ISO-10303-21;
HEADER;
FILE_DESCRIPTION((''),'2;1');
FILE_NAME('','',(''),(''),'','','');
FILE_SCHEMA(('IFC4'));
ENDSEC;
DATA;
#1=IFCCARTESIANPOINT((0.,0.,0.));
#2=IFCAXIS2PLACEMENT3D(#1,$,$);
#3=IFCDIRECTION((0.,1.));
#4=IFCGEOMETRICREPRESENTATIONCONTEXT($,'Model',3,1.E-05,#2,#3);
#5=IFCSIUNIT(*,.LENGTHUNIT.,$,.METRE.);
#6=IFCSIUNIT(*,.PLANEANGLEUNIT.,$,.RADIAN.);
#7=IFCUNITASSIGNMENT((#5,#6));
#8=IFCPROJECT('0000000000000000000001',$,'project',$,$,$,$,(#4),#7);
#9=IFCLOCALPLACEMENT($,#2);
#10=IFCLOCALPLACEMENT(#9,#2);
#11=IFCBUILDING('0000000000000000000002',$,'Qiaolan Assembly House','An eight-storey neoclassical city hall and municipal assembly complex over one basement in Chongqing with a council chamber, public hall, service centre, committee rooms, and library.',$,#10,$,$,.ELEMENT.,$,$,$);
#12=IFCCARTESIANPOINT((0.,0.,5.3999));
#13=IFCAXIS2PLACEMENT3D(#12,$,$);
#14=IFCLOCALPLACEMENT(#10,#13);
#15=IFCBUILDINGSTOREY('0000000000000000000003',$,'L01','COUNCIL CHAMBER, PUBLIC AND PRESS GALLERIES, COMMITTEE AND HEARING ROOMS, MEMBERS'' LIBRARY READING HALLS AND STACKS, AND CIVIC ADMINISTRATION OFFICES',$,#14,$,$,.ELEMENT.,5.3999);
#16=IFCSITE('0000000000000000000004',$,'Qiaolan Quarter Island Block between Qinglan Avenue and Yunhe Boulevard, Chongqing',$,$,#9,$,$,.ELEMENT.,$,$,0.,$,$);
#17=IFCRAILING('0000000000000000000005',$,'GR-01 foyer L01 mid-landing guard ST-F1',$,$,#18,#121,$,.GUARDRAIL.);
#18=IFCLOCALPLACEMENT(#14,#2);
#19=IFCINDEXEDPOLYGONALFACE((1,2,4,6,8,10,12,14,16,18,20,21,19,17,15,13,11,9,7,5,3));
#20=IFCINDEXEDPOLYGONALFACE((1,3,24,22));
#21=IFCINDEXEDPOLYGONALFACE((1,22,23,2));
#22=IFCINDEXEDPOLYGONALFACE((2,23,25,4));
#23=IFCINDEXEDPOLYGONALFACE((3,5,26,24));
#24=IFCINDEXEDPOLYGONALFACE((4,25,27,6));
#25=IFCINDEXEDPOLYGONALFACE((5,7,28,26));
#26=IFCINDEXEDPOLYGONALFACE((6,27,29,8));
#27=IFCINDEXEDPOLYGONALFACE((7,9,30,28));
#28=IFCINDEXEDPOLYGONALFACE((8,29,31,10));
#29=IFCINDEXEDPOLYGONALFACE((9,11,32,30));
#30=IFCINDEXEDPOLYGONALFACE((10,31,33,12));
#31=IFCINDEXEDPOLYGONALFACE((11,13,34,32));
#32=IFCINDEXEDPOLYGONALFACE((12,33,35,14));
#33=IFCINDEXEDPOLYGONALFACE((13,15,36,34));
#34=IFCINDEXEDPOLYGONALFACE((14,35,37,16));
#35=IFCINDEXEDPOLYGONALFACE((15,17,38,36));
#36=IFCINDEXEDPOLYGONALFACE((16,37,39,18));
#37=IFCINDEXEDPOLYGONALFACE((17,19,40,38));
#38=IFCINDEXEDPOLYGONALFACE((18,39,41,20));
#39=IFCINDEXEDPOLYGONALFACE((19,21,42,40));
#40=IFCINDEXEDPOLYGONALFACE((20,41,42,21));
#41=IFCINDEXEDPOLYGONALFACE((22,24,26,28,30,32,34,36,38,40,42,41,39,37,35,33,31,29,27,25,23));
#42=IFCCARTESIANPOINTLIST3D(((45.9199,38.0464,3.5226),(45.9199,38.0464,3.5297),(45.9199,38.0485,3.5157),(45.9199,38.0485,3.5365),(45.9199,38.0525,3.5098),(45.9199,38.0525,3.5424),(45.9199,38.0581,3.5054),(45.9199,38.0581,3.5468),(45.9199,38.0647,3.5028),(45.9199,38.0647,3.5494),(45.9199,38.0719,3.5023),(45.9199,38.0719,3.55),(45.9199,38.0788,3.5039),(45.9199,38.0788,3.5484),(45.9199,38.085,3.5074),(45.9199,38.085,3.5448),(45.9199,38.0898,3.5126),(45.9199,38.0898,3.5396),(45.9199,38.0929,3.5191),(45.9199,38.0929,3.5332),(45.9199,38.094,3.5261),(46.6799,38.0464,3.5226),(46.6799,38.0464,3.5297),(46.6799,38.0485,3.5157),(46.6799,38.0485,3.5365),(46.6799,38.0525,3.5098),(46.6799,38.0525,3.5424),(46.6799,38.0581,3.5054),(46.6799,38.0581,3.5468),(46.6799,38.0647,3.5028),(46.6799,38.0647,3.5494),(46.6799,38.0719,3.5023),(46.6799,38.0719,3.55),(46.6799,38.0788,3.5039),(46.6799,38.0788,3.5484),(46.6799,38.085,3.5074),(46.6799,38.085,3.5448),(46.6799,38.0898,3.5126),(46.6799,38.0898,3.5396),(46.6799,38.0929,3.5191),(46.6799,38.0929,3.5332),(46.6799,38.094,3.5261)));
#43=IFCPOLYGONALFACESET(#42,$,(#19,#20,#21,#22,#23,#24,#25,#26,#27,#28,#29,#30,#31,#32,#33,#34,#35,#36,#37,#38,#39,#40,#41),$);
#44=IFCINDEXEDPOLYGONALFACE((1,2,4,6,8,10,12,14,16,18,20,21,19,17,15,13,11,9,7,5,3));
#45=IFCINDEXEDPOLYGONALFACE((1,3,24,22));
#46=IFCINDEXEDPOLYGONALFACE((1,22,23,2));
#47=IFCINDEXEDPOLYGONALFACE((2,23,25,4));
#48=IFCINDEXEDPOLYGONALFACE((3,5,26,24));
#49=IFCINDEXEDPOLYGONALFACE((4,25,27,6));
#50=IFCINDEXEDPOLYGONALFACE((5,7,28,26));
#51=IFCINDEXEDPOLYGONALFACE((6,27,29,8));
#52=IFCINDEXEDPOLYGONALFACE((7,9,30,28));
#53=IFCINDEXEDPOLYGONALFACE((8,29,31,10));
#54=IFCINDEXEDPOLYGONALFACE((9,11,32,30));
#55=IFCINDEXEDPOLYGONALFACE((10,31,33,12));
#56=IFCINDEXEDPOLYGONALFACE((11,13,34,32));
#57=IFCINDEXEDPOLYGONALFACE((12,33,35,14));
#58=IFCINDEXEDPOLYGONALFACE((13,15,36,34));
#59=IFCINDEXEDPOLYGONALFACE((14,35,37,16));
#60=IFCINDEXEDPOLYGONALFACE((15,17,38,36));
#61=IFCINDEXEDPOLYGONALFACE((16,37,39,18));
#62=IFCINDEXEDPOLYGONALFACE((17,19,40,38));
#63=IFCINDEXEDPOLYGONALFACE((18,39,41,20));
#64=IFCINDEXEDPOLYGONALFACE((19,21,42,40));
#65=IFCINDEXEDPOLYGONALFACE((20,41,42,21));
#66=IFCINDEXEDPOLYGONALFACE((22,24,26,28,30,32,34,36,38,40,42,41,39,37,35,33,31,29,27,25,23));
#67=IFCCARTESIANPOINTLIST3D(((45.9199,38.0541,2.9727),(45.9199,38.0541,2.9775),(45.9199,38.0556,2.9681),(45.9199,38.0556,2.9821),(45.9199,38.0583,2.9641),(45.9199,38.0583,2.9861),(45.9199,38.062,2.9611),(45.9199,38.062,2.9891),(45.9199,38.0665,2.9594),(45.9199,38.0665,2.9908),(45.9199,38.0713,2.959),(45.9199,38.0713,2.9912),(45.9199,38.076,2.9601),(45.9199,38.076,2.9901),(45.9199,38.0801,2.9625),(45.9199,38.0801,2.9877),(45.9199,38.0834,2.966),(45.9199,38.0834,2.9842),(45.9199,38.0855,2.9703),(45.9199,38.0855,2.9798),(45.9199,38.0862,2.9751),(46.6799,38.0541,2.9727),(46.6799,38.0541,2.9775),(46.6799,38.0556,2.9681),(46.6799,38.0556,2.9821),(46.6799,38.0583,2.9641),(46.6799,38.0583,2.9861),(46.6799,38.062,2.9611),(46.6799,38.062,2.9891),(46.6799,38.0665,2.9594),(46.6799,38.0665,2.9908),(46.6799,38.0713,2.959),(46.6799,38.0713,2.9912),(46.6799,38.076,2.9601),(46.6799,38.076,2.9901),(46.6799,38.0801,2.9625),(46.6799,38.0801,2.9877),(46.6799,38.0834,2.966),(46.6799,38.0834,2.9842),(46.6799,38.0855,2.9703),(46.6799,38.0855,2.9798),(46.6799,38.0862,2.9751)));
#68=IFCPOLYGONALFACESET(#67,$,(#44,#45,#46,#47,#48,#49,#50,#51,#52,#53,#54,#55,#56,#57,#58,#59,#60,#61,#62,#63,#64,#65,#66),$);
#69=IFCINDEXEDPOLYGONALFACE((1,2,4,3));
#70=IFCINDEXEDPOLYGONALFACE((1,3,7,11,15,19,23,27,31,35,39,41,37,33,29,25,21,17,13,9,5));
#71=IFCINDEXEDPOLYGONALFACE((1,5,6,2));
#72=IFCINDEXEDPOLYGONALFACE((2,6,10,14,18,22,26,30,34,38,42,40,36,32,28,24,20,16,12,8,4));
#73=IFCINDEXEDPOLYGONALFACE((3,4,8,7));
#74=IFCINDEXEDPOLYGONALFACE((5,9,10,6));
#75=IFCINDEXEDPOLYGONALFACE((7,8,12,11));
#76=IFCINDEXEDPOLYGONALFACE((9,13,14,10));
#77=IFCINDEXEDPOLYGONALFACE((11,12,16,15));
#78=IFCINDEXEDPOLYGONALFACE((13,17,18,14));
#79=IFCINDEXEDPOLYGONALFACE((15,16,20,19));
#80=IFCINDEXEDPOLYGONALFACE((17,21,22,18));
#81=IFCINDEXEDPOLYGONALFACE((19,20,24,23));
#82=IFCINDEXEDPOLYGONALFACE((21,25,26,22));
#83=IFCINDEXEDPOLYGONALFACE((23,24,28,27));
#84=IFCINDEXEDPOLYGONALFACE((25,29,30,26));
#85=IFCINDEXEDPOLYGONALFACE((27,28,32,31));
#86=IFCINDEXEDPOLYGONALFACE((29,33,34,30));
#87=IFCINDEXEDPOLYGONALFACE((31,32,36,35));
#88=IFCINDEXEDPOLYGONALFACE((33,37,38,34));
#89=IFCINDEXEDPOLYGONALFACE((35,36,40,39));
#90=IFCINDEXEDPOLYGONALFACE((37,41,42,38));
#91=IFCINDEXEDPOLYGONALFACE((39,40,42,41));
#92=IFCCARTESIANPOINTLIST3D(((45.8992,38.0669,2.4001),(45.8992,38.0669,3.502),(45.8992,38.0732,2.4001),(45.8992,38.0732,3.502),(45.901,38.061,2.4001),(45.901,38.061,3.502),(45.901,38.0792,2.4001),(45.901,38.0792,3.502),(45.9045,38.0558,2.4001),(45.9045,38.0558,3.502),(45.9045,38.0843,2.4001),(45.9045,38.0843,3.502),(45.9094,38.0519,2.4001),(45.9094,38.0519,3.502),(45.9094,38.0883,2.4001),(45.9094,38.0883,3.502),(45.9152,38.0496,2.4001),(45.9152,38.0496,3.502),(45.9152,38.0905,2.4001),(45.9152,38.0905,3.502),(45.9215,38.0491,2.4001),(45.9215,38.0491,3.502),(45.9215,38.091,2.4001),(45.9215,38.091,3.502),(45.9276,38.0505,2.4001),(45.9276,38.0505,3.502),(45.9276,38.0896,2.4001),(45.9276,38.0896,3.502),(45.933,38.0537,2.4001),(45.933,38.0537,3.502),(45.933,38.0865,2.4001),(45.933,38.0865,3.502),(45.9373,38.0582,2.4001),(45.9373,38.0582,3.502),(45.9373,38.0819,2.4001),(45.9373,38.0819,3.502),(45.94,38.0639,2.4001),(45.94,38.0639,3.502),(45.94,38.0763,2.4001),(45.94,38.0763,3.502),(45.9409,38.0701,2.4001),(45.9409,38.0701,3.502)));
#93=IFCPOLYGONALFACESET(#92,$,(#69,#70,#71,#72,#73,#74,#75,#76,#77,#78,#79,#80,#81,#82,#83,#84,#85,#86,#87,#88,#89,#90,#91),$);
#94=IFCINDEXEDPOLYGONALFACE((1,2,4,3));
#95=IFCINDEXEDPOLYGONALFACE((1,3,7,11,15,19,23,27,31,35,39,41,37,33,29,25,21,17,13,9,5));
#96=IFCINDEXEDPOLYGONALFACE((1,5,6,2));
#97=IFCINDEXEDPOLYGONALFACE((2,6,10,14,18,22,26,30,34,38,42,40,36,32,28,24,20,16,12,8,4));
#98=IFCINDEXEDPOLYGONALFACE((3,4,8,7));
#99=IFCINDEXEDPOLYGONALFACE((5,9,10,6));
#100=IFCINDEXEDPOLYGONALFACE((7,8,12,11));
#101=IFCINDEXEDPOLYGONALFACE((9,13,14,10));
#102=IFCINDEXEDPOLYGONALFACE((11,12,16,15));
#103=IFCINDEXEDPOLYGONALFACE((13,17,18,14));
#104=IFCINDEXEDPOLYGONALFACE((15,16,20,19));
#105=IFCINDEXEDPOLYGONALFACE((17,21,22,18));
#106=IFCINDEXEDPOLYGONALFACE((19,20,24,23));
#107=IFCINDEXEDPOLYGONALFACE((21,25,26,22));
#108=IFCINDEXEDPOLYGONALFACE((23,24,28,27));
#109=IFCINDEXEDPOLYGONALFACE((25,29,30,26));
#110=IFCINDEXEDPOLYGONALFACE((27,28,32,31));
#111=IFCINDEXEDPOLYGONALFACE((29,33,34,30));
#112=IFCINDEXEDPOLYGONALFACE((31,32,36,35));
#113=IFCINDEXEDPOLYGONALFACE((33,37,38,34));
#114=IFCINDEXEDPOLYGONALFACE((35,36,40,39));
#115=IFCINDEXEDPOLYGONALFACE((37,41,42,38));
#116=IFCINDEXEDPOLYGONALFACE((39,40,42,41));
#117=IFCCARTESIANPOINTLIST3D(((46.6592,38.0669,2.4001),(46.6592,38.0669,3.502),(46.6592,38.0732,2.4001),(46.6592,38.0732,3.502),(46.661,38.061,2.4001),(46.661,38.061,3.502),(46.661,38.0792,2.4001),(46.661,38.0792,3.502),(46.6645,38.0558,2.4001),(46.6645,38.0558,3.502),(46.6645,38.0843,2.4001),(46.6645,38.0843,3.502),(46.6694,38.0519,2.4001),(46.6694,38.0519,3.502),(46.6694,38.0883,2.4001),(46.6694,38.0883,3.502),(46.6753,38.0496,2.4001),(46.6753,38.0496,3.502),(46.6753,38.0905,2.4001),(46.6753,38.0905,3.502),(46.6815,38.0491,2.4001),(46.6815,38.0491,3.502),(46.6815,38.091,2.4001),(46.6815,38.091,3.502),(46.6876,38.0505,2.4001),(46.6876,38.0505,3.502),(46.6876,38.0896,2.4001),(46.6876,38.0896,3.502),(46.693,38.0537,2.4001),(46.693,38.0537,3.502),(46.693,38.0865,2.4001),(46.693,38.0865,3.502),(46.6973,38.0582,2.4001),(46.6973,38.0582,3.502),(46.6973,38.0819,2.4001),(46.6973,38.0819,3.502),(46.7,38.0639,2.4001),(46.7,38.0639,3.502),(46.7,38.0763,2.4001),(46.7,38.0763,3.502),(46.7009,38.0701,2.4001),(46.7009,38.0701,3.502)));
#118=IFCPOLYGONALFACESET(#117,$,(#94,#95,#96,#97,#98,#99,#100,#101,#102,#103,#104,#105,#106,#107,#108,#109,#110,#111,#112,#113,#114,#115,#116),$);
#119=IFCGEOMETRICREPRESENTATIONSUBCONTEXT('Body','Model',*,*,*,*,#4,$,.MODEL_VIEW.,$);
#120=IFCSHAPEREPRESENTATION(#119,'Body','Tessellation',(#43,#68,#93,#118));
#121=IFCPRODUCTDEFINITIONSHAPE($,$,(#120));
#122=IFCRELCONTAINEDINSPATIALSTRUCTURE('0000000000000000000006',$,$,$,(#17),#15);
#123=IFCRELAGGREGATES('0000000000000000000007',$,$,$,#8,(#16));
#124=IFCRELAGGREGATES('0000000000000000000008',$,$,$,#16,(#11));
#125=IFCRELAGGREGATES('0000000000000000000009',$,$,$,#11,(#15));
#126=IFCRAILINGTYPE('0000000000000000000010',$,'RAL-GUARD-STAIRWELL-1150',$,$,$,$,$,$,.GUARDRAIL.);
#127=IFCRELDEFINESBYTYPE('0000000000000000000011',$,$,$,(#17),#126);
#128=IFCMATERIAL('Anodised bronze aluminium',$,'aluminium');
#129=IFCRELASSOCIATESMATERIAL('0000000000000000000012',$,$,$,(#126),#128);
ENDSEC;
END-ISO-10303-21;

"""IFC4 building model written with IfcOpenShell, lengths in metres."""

from ifc_helpers import new_model, si_unit, direction, frame, origin, origin_2d, place, context, subcontext, project, spatial, circle, extrude, material, type_object, element, save


model = new_model("IFC4")

# Units and contexts
model_context = context("Model", 3, precision=1e-05, world=origin(), true_north=direction((0.0, 1.0)))
body_context = subcontext(model_context, "Body", "Model", "MODEL_VIEW")
ifc_project = project(units=[si_unit("LENGTHUNIT", "METRE"), si_unit("PLANEANGLEUNIT", "RADIAN")], contexts=[model_context])

# Site, building, storey
site_placement = place(None, origin())
site = spatial("IfcSite", under=ifc_project, at=site_placement, Name="Qiaolan Quarter Island Block between Qinglan Avenue and Yunhe Boulevard, Chongqing", CompositionType="ELEMENT", RefElevation=0.0)
building_placement = place(site_placement, origin())
building = spatial("IfcBuilding", under=site, at=building_placement, Name="Qiaolan Assembly House", Description="An eight-storey neoclassical city hall and municipal assembly complex over one basement in Chongqing with a council chamber, public hall, service centre, committee rooms, and library.", CompositionType="ELEMENT")
storey_placement = place(building_placement, frame((0.0, 0.0, 5.3999)))
storey = spatial("IfcBuildingStorey", under=building, at=storey_placement, Name="L01", Description="COUNCIL CHAMBER, PUBLIC AND PRESS GALLERIES, COMMITTEE AND HEARING ROOMS, MEMBERS' LIBRARY READING HALLS AND STACKS, AND CIVIC ADMINISTRATION OFFICES", CompositionType="ELEMENT", Elevation=5.3999)

# Railing
ifc_material_1 = material(Name="Anodised bronze aluminium", Category="aluminium")
railing_type_1 = type_object("IfcRailingType", Name="RAL-GUARD-STAIRWELL-1150", PredefinedType="GUARDRAIL", material=ifc_material_1)
railing_1_placement = place(storey_placement, frame((45.9199, 38.0701, 2.4001)))
element("IfcRailing", 1, at=railing_1_placement, inside=storey, type_object=railing_type_1, Name="GR-01 foyer L01 mid-landing guard ST-F1", PredefinedType="GUARDRAIL", context=body_context, shape_type="SweptSolid", body=[
    extrude(circle(Radius=0.0239, at=origin_2d()), frame((0.0, 0.0, 1.126), z_axis=(1.0, 0.0, 0.0), x_axis=(0.0, 1.0, 0.0)), (0.0, 0.0, 1.0), 0.76),
    extrude(circle(Radius=0.0161, at=origin_2d()), frame((0.0, 0.0, 0.575), z_axis=(1.0, 0.0, 0.0), x_axis=(0.0, 1.0, 0.0)), (0.0, 0.0, 1.0), 0.76),
    extrude(circle(Radius=0.021, at=origin_2d()), origin(), (0.0, 0.0, 1.0), 1.1018),
    extrude(circle(Radius=0.021, at=origin_2d()), frame((0.76, 0.0, 0.0)), (0.0, 0.0, 1.0), 1.1018),
])

save(model, "model.ifc")
